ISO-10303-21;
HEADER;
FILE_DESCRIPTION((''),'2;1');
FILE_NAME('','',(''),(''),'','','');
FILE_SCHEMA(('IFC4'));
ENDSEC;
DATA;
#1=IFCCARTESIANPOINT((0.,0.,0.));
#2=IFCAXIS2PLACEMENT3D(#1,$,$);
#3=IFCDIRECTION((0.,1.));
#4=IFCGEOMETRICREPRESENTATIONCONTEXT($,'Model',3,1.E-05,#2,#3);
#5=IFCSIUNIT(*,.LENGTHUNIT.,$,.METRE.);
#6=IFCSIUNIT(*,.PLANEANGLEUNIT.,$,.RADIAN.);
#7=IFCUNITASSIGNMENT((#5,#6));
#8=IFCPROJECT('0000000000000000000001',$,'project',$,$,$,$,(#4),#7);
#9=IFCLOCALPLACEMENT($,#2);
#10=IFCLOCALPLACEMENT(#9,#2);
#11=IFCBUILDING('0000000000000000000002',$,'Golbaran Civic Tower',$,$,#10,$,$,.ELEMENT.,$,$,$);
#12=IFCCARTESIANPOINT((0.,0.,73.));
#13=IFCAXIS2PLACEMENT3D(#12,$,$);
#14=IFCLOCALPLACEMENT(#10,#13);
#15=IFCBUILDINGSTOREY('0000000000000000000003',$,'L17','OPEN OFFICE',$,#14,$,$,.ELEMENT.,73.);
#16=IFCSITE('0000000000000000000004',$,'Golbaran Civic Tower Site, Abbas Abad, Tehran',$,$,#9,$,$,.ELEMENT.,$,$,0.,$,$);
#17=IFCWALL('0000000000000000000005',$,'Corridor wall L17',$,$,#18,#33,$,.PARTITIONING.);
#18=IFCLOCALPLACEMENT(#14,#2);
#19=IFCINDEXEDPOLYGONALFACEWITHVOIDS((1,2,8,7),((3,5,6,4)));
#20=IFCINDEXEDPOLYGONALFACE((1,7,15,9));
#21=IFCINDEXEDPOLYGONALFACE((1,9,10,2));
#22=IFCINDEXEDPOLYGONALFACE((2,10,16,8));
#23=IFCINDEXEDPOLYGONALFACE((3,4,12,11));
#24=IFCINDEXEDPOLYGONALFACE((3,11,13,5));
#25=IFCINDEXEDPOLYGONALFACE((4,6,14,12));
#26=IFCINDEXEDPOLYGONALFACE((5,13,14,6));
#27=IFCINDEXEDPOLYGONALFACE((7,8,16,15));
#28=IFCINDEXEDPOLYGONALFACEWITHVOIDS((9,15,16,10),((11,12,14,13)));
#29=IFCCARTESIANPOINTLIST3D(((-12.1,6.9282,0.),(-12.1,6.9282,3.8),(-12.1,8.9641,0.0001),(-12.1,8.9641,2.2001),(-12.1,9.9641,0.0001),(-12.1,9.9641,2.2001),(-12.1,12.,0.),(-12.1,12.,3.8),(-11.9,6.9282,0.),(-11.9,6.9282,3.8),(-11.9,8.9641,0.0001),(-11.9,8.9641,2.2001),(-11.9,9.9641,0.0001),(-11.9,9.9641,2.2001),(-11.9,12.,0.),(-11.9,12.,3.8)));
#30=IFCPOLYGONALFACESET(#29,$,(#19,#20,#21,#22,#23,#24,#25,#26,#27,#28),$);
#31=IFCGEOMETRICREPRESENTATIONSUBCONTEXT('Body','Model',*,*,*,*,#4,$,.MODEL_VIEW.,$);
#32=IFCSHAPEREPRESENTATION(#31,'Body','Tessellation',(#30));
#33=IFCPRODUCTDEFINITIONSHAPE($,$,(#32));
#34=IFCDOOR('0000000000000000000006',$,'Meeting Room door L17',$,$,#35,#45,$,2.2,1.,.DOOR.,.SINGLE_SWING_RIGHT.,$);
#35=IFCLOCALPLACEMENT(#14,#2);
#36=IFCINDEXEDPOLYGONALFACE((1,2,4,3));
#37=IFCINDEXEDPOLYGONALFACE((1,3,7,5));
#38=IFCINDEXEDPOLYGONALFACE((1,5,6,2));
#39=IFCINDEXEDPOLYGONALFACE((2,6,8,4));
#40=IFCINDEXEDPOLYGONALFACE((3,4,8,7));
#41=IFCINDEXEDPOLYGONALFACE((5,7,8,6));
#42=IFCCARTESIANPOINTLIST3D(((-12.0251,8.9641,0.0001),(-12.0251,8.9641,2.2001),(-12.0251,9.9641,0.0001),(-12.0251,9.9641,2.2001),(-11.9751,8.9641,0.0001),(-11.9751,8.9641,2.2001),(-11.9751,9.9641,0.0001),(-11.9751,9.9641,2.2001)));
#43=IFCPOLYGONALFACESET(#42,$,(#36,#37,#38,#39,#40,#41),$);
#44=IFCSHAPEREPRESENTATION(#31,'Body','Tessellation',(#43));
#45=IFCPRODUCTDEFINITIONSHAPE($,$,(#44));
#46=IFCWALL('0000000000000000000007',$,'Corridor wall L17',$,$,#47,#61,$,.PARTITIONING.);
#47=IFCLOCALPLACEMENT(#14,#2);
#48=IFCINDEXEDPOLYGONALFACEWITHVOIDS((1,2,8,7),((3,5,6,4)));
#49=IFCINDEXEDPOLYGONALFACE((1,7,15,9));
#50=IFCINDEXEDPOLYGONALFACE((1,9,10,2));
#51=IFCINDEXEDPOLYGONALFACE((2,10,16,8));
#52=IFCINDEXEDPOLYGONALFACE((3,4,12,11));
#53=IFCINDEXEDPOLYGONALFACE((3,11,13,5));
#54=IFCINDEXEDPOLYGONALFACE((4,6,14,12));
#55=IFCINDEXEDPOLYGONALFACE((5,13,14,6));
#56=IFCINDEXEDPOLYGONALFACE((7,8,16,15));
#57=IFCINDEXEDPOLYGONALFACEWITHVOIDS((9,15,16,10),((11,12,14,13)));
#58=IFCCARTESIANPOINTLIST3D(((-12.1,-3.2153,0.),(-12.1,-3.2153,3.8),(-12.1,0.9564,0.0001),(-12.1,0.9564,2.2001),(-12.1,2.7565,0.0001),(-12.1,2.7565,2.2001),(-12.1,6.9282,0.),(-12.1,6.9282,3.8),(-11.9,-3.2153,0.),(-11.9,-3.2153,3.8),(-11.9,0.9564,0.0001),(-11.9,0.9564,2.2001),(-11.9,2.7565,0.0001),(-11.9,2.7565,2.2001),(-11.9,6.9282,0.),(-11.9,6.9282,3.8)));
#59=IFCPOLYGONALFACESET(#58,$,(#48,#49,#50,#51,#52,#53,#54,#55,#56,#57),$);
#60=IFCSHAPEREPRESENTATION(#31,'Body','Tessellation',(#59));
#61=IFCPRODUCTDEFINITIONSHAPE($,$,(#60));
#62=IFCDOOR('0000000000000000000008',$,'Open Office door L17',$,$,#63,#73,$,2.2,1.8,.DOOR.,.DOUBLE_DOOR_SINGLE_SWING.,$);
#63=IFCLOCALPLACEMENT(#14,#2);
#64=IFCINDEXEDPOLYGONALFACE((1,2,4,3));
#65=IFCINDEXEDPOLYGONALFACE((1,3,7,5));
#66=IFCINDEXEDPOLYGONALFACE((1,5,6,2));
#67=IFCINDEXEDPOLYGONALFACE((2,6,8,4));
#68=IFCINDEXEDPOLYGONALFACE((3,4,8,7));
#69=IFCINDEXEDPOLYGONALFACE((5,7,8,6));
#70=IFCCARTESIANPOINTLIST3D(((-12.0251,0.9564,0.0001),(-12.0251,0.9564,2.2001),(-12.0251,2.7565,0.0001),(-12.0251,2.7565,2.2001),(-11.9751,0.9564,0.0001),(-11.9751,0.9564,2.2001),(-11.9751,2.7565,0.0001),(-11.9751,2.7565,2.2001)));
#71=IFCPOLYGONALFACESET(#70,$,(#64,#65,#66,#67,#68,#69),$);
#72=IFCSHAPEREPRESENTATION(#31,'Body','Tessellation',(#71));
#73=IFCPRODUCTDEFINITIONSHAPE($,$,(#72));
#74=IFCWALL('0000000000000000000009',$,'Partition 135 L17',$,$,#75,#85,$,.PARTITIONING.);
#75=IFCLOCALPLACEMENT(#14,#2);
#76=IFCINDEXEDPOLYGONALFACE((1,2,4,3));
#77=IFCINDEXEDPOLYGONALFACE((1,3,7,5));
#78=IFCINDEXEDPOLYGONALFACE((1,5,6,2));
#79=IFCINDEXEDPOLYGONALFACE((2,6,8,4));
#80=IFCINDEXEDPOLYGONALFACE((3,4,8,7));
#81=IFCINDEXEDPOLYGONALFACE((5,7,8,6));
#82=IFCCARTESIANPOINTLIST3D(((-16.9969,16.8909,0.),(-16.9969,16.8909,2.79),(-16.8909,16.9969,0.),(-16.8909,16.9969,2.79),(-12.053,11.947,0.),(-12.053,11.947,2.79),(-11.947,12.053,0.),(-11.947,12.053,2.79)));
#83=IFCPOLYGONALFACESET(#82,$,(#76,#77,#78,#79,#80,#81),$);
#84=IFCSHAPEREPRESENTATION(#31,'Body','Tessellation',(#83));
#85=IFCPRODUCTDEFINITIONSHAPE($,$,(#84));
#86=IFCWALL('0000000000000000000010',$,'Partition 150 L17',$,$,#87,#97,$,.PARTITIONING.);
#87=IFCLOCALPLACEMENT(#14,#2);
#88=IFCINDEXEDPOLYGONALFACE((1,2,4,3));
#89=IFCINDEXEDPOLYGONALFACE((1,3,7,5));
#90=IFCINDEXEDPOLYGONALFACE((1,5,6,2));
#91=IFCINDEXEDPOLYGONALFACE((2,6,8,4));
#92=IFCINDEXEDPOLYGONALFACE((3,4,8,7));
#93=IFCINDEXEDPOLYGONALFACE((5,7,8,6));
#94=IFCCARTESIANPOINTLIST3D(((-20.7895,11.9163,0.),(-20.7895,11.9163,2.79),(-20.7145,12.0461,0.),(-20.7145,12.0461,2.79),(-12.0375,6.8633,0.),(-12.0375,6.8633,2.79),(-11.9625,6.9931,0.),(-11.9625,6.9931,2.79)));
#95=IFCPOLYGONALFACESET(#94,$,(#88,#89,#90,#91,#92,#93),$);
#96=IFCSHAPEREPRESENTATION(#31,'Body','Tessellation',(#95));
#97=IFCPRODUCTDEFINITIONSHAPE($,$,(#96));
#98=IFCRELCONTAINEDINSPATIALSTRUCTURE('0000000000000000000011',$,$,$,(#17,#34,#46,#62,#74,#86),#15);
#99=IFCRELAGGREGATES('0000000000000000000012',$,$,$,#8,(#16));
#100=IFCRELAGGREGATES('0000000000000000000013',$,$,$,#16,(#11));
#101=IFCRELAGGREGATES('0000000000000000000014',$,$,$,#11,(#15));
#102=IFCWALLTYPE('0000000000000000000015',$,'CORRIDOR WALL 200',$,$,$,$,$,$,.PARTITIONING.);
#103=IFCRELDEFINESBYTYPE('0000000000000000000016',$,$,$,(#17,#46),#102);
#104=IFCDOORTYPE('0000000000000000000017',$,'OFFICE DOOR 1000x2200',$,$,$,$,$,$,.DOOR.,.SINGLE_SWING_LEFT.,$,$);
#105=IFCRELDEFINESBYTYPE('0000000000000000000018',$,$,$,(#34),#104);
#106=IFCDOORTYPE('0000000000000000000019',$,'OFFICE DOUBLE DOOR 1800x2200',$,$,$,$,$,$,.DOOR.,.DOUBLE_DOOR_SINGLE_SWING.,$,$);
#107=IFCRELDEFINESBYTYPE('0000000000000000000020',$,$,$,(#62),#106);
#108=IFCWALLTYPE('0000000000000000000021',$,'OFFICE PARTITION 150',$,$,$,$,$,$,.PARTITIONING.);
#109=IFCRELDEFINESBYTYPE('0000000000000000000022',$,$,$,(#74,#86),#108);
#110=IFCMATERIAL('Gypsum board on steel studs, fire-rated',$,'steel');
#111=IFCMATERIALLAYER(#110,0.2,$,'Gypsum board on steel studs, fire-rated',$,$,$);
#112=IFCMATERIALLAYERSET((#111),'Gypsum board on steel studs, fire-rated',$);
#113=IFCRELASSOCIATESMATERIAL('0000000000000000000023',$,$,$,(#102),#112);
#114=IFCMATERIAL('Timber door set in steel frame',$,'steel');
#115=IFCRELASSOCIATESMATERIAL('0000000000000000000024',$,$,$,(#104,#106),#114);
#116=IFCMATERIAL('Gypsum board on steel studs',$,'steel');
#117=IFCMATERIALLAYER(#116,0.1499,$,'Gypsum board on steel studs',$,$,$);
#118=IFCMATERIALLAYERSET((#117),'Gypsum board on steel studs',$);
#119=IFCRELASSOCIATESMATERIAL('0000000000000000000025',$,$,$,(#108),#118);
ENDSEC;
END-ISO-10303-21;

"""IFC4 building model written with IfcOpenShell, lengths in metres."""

from ifc_helpers import new_model, si_unit, direction, frame, frame_2d, origin, place, context, subcontext, project, spatial, rectangle, extrude, material, layer, layer_set, type_object, element, fill, save


model = new_model("IFC4")

# Units and contexts
model_context = context("Model", 3, precision=1e-05, world=origin(), true_north=direction((0.0, 1.0)))
body_context = subcontext(model_context, "Body", "Model", "MODEL_VIEW")
ifc_project = project(units=[si_unit("LENGTHUNIT", "METRE"), si_unit("PLANEANGLEUNIT", "RADIAN")], contexts=[model_context])

# Site, building, storey
site_placement = place(None, origin())
site = spatial("IfcSite", under=ifc_project, at=site_placement, Name="Golbaran Civic Tower Site, Abbas Abad, Tehran", CompositionType="ELEMENT", RefElevation=0.0)
building_placement = place(site_placement, origin())
building = spatial("IfcBuilding", under=site, at=building_placement, Name="Golbaran Civic Tower", CompositionType="ELEMENT")
storey_placement = place(building_placement, frame((0.0, 0.0, 73.0)))
storey = spatial("IfcBuildingStorey", under=building, at=storey_placement, Name="L17", Description="OPEN OFFICE", CompositionType="ELEMENT", Elevation=73.0)

# Shared definitions
ifc_material_1 = material(Name="Timber door set in steel frame", Category="steel")

# Walls, openings, doors
ifc_material_2 = material(Name="Gypsum board on steel studs, fire-rated", Category="steel")
ifc_layer_1 = layer(ifc_material_2, 0.2, Name="Gypsum board on steel studs, fire-rated")
ifc_layer_set_1 = layer_set([ifc_layer_1], Name="Gypsum board on steel studs, fire-rated")
wall_type_1 = type_object("IfcWallType", Name="CORRIDOR WALL 200", PredefinedType="PARTITIONING", material=ifc_layer_set_1)
wall_1_placement = place(storey_placement, frame((-12.0, 12.0, 0.0), z_axis=(0.0, 0.0, 1.0), x_axis=(0.0, -1.0, 0.0)))
wall_1 = element("IfcWall", 1, at=wall_1_placement, inside=storey, type_object=wall_type_1, Name="Corridor wall L17", PredefinedType="PARTITIONING", context=body_context, shape_type="SweptSolid", body=[
    extrude(rectangle(XDim=5.0718, YDim=0.2, at=frame_2d((2.5359, 0.0))), origin(), (0.0, 0.0, 1.0), 3.8),
])
opening_1_placement = place(wall_1_placement, frame((2.0359, 0.0, 0.0)))
opening_1 = element("IfcOpeningElement", 2, at=opening_1_placement, cuts=wall_1, PredefinedType="OPENING", context=body_context, shape_type="SweptSolid", body=[
    extrude(rectangle(XDim=1.0, YDim=2.2, at=frame_2d((0.5, 1.1001))), frame((0.0, 0.1099, 0.0), z_axis=(0.0, -1.0, 0.0), x_axis=(1.0, 0.0, 0.0)), (0.0, 0.0, 1.0), 0.22),
])
door_type_1 = type_object("IfcDoorType", Name="OFFICE DOOR 1000x2200", OperationType="SINGLE_SWING_LEFT", PredefinedType="DOOR", material=ifc_material_1)
door_1_placement = place(opening_1_placement, origin())
door_1 = element("IfcDoor", 3, at=door_1_placement, inside=storey, type_object=door_type_1, Name="Meeting Room door L17", OperationType="SINGLE_SWING_RIGHT", OverallHeight=2.2, OverallWidth=1.0, PredefinedType="DOOR", context=body_context, shape_type="SweptSolid", body=[
    extrude(rectangle(XDim=1.0, YDim=2.2, at=frame_2d((0.5, 1.1001))), frame((0.0, 0.0249, 0.0), z_axis=(0.0, -1.0, 0.0), x_axis=(1.0, 0.0, 0.0)), (0.0, 0.0, 1.0), 0.05),
])
fill(opening_1, door_1)
wall_2_placement = place(storey_placement, frame((-12.0, 6.9282, 0.0), z_axis=(0.0, 0.0, 1.0), x_axis=(0.0, -1.0, 0.0)))
wall_2 = element("IfcWall", 4, at=wall_2_placement, inside=storey, type_object=wall_type_1, Name="Corridor wall L17", PredefinedType="PARTITIONING", context=body_context, shape_type="SweptSolid", body=[
    extrude(rectangle(XDim=10.1436, YDim=0.2, at=frame_2d((5.0718, 0.0))), origin(), (0.0, 0.0, 1.0), 3.8),
])
opening_2_placement = place(wall_2_placement, frame((4.1719, 0.0, 0.0)))
opening_2 = element("IfcOpeningElement", 5, at=opening_2_placement, cuts=wall_2, PredefinedType="OPENING", context=body_context, shape_type="SweptSolid", body=[
    extrude(rectangle(XDim=1.8, YDim=2.2, at=frame_2d((0.8999, 1.1001))), frame((0.0, 0.1099, 0.0), z_axis=(0.0, -1.0, 0.0), x_axis=(1.0, 0.0, 0.0)), (0.0, 0.0, 1.0), 0.22),
])
door_type_2 = type_object("IfcDoorType", Name="OFFICE DOUBLE DOOR 1800x2200", OperationType="DOUBLE_DOOR_SINGLE_SWING", PredefinedType="DOOR", material=ifc_material_1)
door_2_placement = place(opening_2_placement, origin())
door_2 = element("IfcDoor", 6, at=door_2_placement, inside=storey, type_object=door_type_2, Name="Open Office door L17", OperationType="DOUBLE_DOOR_SINGLE_SWING", OverallHeight=2.2, OverallWidth=1.8, PredefinedType="DOOR", context=body_context, shape_type="SweptSolid", body=[
    extrude(rectangle(XDim=1.8, YDim=2.2, at=frame_2d((0.8999, 1.1001))), frame((0.0, 0.0249, 0.0), z_axis=(0.0, -1.0, 0.0), x_axis=(1.0, 0.0, 0.0)), (0.0, 0.0, 1.0), 0.05),
])
fill(opening_2, door_2)

# Walls
ifc_material_3 = material(Name="Gypsum board on steel studs", Category="steel")
ifc_layer_2 = layer(ifc_material_3, 0.1499, Name="Gypsum board on steel studs")
ifc_layer_set_2 = layer_set([ifc_layer_2], Name="Gypsum board on steel studs")
wall_type_2 = type_object("IfcWallType", Name="OFFICE PARTITION 150", PredefinedType="PARTITIONING", material=ifc_layer_set_2)
wall_3_placement = place(storey_placement, frame((-12.0, 12.0, 0.0), z_axis=(0.0, 0.0, 1.0), x_axis=(-0.707107, 0.707107, 0.0)))
element("IfcWall", 7, at=wall_3_placement, inside=storey, type_object=wall_type_2, Name="Partition 135 L17", PredefinedType="PARTITIONING", context=body_context, shape_type="SweptSolid", body=[
    extrude(rectangle(XDim=6.9917, YDim=0.1499, at=frame_2d((3.4958, 0.0))), origin(), (0.0, 0.0, 1.0), 2.79),
])
wall_4_placement = place(storey_placement, frame((-12.0, 6.9282, 0.0), z_axis=(0.0, 0.0, 1.0), x_axis=(-0.866024, 0.500003, 0.0)))
element("IfcWall", 8, at=wall_4_placement, inside=storey, type_object=wall_type_2, Name="Partition 150 L17", PredefinedType="PARTITIONING", context=body_context, shape_type="SweptSolid", body=[
    extrude(rectangle(XDim=10.106, YDim=0.1499, at=frame_2d((5.053, 0.0))), origin(), (0.0, 0.0, 1.0), 2.79),
])

save(model, "model.ifc")
